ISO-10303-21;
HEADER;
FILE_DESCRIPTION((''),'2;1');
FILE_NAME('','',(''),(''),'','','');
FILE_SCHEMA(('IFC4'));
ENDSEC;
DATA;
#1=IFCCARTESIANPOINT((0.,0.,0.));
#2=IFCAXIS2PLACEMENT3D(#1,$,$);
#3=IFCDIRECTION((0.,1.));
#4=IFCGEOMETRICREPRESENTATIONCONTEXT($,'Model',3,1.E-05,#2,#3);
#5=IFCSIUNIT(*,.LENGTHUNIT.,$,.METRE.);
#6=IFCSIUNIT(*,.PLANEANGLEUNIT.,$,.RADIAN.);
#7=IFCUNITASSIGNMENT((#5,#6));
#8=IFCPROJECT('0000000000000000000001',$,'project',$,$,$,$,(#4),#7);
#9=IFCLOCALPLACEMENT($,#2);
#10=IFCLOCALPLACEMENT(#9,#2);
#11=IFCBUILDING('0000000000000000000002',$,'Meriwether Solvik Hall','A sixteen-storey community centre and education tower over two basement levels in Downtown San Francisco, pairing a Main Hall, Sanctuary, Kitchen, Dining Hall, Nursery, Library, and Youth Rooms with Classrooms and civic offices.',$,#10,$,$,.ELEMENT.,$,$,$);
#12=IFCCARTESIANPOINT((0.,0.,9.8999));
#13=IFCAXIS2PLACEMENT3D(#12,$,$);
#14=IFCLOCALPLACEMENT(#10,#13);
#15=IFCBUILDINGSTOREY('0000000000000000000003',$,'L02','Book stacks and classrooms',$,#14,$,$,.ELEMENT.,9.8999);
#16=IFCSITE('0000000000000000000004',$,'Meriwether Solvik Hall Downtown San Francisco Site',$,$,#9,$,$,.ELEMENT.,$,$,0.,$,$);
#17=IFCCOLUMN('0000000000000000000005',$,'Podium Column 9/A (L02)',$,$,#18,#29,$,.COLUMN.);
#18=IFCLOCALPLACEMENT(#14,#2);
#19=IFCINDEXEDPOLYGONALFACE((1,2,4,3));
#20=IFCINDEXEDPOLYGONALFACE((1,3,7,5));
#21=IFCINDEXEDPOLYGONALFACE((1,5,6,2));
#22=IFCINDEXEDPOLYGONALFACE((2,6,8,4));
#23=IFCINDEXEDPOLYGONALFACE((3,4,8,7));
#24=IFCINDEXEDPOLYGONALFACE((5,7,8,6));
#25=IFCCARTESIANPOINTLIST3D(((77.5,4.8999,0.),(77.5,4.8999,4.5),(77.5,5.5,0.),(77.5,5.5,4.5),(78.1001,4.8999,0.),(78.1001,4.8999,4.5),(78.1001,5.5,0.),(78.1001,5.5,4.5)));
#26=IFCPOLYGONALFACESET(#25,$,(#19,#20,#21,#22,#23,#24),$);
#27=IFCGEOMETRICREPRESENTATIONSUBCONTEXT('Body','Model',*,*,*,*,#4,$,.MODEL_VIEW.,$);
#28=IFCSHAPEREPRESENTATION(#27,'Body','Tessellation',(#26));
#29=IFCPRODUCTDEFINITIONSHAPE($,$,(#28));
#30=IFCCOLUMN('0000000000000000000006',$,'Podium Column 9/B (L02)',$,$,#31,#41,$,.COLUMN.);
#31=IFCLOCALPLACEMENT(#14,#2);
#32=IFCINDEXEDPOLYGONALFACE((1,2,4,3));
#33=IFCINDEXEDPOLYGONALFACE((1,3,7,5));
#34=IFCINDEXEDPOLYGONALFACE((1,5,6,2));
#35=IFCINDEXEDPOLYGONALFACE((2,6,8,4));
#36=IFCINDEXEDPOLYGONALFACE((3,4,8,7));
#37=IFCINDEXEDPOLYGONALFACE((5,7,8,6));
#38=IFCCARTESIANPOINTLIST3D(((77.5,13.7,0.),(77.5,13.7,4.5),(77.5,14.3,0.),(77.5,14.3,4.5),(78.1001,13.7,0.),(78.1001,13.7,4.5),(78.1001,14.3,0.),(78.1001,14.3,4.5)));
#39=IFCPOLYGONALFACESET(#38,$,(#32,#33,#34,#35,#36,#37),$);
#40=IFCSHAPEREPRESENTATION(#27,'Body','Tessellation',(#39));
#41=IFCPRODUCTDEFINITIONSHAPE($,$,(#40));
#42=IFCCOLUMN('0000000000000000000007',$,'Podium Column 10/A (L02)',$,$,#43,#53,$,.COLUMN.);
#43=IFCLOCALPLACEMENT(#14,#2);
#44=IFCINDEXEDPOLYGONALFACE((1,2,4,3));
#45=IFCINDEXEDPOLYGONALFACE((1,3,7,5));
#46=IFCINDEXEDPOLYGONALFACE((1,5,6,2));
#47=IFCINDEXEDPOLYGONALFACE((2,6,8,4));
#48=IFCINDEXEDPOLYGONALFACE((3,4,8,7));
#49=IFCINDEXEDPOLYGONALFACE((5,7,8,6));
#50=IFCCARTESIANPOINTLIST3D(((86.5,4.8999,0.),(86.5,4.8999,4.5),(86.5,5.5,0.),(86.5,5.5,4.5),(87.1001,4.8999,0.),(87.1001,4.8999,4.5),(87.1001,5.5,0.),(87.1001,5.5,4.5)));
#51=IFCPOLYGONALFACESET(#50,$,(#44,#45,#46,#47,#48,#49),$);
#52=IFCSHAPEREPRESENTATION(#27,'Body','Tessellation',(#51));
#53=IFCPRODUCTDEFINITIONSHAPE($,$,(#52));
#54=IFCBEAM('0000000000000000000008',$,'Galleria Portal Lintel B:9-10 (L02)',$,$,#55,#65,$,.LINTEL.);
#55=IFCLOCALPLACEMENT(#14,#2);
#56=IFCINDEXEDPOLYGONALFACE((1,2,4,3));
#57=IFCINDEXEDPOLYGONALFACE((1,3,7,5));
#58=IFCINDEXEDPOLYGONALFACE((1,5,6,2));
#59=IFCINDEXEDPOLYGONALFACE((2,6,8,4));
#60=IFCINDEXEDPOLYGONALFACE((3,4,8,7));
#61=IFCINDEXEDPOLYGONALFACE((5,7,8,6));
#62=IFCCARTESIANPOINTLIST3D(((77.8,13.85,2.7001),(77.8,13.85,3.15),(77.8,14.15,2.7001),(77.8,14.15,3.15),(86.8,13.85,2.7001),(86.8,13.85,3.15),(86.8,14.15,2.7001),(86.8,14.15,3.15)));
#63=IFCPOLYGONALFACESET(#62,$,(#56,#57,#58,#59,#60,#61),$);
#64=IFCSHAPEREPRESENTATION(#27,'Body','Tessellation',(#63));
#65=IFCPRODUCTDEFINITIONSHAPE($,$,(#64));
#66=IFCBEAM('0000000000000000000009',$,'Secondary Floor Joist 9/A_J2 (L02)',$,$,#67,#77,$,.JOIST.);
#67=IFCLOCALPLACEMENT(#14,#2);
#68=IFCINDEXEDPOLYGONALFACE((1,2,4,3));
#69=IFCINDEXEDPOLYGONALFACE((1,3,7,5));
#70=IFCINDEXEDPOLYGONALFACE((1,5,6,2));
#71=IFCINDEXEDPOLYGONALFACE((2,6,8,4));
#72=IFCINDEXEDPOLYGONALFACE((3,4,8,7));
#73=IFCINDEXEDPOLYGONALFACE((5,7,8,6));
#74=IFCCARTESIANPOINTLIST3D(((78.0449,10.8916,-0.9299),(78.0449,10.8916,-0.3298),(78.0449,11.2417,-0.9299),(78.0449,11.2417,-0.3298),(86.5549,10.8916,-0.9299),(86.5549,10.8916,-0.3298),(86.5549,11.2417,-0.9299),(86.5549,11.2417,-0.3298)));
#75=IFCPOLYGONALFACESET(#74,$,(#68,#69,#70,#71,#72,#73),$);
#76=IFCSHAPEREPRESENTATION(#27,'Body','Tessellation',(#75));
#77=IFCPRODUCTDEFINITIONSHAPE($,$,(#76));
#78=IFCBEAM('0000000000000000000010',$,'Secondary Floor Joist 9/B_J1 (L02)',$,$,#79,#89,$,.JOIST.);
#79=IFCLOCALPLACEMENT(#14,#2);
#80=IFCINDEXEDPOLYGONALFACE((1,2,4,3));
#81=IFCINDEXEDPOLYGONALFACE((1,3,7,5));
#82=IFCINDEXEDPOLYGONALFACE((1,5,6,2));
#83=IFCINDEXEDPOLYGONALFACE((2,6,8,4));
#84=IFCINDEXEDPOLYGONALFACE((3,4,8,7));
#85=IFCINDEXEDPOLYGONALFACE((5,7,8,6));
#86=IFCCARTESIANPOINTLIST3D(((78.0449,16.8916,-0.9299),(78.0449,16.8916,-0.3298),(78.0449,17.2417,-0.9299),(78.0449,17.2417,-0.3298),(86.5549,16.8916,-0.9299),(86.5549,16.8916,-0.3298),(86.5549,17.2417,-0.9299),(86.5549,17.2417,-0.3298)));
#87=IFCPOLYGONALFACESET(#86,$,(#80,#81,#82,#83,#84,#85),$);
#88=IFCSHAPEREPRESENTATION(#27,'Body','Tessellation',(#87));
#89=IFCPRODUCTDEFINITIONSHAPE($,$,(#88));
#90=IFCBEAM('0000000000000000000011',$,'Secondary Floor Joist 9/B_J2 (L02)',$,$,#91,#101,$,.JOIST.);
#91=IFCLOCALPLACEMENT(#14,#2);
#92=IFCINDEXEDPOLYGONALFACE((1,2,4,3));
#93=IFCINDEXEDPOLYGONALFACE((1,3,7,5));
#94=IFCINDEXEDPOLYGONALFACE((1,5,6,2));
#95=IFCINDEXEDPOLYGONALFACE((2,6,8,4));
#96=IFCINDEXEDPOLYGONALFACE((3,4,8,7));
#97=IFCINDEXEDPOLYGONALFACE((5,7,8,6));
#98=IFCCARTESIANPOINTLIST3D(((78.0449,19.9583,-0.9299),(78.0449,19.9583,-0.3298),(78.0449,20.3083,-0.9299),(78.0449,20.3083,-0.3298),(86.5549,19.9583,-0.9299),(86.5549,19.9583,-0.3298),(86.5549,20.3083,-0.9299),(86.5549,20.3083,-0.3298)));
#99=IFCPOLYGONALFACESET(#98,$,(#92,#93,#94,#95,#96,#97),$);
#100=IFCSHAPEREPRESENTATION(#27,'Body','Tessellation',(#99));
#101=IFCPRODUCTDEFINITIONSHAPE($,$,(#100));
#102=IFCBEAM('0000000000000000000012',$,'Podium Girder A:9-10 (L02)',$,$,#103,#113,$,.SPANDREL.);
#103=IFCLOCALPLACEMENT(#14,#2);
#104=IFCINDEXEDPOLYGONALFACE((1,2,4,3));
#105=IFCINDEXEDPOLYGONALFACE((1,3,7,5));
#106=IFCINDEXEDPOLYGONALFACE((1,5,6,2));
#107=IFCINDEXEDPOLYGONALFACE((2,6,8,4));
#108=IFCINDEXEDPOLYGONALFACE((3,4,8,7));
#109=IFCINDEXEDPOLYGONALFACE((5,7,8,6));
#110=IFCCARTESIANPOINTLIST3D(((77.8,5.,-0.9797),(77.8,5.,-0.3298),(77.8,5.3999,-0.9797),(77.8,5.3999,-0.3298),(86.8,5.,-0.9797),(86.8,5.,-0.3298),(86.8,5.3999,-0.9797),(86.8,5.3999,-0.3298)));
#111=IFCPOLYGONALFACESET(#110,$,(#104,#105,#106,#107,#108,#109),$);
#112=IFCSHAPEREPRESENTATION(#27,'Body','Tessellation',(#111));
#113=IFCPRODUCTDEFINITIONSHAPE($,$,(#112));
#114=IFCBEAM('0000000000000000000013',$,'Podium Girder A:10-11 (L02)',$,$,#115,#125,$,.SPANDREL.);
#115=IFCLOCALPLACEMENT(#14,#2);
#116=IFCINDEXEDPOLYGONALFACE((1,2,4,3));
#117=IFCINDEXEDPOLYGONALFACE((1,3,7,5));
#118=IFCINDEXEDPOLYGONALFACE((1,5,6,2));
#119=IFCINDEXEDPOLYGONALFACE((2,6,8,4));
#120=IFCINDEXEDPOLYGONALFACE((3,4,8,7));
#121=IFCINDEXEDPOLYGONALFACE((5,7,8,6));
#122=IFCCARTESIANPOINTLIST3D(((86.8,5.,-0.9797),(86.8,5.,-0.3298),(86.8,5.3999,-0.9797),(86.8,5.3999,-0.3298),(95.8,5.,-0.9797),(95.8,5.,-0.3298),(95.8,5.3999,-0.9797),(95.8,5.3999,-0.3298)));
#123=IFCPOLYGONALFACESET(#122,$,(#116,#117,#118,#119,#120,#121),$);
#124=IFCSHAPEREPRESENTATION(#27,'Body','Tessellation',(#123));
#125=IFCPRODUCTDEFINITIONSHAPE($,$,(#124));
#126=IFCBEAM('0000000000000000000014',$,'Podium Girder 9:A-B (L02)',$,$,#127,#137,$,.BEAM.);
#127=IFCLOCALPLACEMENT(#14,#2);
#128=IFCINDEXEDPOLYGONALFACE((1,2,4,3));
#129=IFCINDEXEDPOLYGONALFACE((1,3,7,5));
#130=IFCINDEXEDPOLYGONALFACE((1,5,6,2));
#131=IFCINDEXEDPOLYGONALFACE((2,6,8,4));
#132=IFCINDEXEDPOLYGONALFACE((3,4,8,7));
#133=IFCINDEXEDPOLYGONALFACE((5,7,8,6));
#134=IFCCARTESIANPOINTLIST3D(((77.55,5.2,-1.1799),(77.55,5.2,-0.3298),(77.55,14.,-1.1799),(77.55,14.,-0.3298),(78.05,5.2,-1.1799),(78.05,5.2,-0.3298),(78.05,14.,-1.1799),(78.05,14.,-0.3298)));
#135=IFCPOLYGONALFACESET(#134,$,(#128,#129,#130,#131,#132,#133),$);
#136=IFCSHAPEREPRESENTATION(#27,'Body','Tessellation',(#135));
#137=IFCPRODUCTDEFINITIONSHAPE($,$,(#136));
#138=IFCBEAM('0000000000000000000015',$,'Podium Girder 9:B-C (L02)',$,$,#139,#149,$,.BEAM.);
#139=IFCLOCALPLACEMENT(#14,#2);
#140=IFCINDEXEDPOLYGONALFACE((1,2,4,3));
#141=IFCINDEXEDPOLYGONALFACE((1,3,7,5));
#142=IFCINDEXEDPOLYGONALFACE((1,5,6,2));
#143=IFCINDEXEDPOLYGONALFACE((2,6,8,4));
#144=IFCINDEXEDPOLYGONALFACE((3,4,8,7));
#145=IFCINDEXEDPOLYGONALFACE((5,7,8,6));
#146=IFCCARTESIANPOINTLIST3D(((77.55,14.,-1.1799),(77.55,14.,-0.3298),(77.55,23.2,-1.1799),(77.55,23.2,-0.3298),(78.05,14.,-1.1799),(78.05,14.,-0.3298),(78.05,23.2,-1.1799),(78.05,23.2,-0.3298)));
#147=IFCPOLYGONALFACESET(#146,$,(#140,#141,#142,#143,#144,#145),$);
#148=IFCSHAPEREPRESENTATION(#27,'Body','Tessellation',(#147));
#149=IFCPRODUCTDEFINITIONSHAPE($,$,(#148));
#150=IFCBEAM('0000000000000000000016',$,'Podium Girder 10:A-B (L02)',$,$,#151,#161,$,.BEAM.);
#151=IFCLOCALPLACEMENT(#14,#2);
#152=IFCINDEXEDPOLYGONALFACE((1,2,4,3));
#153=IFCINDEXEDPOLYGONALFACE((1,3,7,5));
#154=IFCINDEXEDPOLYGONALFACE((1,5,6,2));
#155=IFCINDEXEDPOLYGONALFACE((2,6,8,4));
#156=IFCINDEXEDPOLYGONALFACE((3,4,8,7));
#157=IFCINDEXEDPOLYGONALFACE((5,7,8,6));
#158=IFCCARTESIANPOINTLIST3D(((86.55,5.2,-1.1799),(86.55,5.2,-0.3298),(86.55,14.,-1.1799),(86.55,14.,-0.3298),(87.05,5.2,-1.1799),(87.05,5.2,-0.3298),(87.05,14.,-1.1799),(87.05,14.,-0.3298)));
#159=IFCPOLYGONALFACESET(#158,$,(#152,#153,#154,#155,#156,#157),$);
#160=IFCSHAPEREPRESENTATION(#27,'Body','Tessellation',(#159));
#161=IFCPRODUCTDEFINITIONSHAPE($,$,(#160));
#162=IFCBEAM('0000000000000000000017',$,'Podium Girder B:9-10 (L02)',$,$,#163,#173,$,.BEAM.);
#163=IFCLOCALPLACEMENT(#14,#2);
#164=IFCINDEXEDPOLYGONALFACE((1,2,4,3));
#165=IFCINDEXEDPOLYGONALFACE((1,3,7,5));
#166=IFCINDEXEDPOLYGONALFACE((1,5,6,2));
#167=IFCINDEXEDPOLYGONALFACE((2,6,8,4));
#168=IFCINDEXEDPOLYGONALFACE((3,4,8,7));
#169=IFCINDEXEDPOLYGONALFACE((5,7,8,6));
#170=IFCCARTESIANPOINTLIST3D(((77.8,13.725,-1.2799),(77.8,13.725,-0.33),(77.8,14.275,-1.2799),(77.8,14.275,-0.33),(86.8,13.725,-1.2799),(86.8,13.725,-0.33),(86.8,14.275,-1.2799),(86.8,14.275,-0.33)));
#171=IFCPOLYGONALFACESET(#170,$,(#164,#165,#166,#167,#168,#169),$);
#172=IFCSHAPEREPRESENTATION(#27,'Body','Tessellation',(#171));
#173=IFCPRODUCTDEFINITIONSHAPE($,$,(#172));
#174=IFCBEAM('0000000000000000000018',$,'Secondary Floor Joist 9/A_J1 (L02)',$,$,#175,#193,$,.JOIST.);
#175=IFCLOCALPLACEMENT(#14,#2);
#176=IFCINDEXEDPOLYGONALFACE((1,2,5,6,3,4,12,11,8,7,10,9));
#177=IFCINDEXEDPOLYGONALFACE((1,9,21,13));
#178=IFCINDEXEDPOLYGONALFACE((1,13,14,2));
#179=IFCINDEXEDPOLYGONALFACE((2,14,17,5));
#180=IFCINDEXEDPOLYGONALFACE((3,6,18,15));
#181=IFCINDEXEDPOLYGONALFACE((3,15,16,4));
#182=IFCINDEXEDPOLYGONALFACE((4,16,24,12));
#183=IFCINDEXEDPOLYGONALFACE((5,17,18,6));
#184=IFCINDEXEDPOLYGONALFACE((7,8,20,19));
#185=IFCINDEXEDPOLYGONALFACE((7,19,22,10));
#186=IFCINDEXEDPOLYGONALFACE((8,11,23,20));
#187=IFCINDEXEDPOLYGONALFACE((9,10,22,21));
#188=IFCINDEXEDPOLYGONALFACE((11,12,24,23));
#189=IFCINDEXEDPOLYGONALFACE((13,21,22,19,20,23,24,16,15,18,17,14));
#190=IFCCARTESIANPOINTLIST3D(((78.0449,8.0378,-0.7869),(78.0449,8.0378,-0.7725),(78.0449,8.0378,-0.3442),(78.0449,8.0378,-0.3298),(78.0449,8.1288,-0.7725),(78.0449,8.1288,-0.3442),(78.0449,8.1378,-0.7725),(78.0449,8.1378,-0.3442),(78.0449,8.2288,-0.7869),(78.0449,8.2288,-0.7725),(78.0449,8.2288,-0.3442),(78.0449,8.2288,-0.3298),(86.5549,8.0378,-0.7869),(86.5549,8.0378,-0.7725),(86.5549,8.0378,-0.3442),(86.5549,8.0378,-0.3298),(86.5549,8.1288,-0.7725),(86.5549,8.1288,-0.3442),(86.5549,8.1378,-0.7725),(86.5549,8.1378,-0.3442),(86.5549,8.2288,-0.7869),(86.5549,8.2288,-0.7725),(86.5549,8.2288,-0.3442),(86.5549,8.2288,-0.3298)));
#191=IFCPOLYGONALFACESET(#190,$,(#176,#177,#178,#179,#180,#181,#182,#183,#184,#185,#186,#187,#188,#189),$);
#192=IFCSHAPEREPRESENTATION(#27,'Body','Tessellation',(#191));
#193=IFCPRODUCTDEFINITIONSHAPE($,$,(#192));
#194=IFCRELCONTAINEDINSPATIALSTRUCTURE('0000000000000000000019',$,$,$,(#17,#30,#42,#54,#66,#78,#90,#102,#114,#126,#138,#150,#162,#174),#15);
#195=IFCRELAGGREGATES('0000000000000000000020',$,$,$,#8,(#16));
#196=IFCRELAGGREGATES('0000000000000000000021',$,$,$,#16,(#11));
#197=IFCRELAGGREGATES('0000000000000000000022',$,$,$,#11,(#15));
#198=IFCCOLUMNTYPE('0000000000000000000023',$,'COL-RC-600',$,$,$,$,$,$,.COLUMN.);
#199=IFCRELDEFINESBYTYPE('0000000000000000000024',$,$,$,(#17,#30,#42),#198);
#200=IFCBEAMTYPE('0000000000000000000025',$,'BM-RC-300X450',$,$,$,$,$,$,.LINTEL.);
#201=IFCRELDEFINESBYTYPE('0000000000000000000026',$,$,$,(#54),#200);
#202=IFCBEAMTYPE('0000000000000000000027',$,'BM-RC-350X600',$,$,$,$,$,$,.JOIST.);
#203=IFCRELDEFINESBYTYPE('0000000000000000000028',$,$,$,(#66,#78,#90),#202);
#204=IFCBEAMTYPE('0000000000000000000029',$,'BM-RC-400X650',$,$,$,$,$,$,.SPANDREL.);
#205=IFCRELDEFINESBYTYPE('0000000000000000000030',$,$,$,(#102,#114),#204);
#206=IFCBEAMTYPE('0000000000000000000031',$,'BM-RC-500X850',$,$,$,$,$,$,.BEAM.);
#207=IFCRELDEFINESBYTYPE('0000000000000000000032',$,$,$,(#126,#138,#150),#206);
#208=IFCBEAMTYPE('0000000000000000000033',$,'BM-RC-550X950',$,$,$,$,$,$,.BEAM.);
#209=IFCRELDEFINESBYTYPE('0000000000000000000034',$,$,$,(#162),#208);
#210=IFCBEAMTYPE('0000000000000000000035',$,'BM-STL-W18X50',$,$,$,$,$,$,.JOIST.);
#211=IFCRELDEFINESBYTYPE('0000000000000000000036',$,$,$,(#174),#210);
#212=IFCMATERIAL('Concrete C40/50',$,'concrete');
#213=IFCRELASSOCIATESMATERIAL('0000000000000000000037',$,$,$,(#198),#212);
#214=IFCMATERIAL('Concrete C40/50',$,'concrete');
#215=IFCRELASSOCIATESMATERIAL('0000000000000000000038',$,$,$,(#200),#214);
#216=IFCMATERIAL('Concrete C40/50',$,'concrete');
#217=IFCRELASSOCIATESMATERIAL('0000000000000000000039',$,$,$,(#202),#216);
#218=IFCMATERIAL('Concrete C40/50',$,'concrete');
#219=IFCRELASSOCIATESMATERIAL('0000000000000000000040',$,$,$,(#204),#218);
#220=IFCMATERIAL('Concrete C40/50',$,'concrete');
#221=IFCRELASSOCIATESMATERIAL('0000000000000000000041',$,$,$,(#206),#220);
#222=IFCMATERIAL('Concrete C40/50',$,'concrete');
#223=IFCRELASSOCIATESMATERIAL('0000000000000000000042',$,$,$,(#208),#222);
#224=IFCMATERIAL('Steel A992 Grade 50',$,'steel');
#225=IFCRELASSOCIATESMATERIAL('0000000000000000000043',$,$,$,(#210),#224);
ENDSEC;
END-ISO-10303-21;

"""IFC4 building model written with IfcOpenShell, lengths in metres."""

from ifc_helpers import new_model, si_unit, direction, frame, origin, origin_2d, place, context, subcontext, project, spatial, rectangle, i_section, extrude, material, material_profile, profile_set, type_object, element, save


model = new_model("IFC4")

# Units and contexts
model_context = context("Model", 3, precision=1e-05, world=origin(), true_north=direction((0.0, 1.0)))
body_context = subcontext(model_context, "Body", "Model", "MODEL_VIEW")
ifc_project = project(units=[si_unit("LENGTHUNIT", "METRE"), si_unit("PLANEANGLEUNIT", "RADIAN")], contexts=[model_context])

# Site, building, storey
site_placement = place(None, origin())
site = spatial("IfcSite", under=ifc_project, at=site_placement, Name="Meriwether Solvik Hall Downtown San Francisco Site", CompositionType="ELEMENT", RefElevation=0.0)
building_placement = place(site_placement, origin())
building = spatial("IfcBuilding", under=site, at=building_placement, Name="Meriwether Solvik Hall", Description="A sixteen-storey community centre and education tower over two basement levels in Downtown San Francisco, pairing a Main Hall, Sanctuary, Kitchen, Dining Hall, Nursery, Library, and Youth Rooms with Classrooms and civic offices.", CompositionType="ELEMENT")
storey_placement = place(building_placement, frame((0.0, 0.0, 9.8999)))
storey = spatial("IfcBuildingStorey", under=building, at=storey_placement, Name="L02", Description="Book stacks and classrooms", CompositionType="ELEMENT", Elevation=9.8999)

# Columns
ifc_material_1 = material(Name="Concrete C40/50", Category="concrete")
ifc_material_profile_1 = material_profile(ifc_material_1, rectangle(XDim=0.6001, YDim=0.6001, at=origin_2d()), Name="RCC-600X600")
ifc_profile_set_1 = profile_set([ifc_material_profile_1], Name="Concrete C40/50")
column_type = type_object("IfcColumnType", Name="COL-RC-600", PredefinedType="COLUMN", material=ifc_profile_set_1)
for number, where, z_axis, x_axis, name in (
    (1, (77.8, 5.2, 0.0), (0.0, 0.0, 1.0), (1.0, 0.0, 0.0), "Podium Column 9/A (L02)"),
    (2, (77.8, 14.0, 0.0), (0.0, 0.0, 1.0), (1.0, 0.0, 0.0), "Podium Column 9/B (L02)"),
    (3, (86.8, 5.2, 0.0), (0.0, 0.0, 1.0), (1.0, 0.0, 0.0), "Podium Column 10/A (L02)"),
):
    element("IfcColumn", number, at=place(storey_placement, frame(where, z_axis=z_axis, x_axis=x_axis)), inside=storey, type_object=column_type, Name=name, PredefinedType="COLUMN", context=body_context, shape_type="SweptSolid", body=[
        extrude(rectangle(XDim=0.6001, YDim=0.6001, at=origin_2d()), origin(), (0.0, 0.0, 1.0), 4.5),
    ])

# Beams
ifc_material_2 = material(Name="Concrete C40/50", Category="concrete")
ifc_material_profile_2 = material_profile(ifc_material_2, rectangle(XDim=0.3, YDim=0.45, at=origin_2d()), Name="RCB-300X450")
ifc_profile_set_2 = profile_set([ifc_material_profile_2], Name="Concrete C40/50")
beam_type_1 = type_object("IfcBeamType", Name="BM-RC-300X450", PredefinedType="LINTEL", material=ifc_profile_set_2)
beam_1_placement = place(storey_placement, frame((77.8, 14.0, 2.925), z_axis=(1.0, 0.0, 0.0), x_axis=(0.0, 1.0, 0.0)))
element("IfcBeam", 4, at=beam_1_placement, inside=storey, type_object=beam_type_1, Name="Galleria Portal Lintel B:9-10 (L02)", PredefinedType="LINTEL", context=body_context, shape_type="SweptSolid", body=[
    extrude(rectangle(XDim=0.3, YDim=0.45, at=origin_2d()), origin(), (0.0, 0.0, 1.0), 9.0),
])
ifc_material_3 = material(Name="Concrete C40/50", Category="concrete")
ifc_material_profile_3 = material_profile(ifc_material_3, rectangle(XDim=0.3501, YDim=0.6001, at=origin_2d()), Name="RCB-350X600")
ifc_profile_set_3 = profile_set([ifc_material_profile_3], Name="Concrete C40/50")
beam_type_2 = type_object("IfcBeamType", Name="BM-RC-350X600", PredefinedType="JOIST", material=ifc_profile_set_3)
for number, where, z_axis, x_axis, name in (
    (5, (78.0449, 11.0667, -0.6299), (1.0, 0.0, 0.0), (0.0, 1.0, 0.0), "Secondary Floor Joist 9/A_J2 (L02)"),
    (6, (78.0449, 17.0667, -0.6299), (1.0, 0.0, 0.0), (0.0, 1.0, 0.0), "Secondary Floor Joist 9/B_J1 (L02)"),
    (7, (78.0449, 20.1333, -0.6299), (1.0, 0.0, 0.0), (0.0, 1.0, 0.0), "Secondary Floor Joist 9/B_J2 (L02)"),
):
    element("IfcBeam", number, at=place(storey_placement, frame(where, z_axis=z_axis, x_axis=x_axis)), inside=storey, type_object=beam_type_2, Name=name, PredefinedType="JOIST", context=body_context, shape_type="SweptSolid", body=[
        extrude(rectangle(XDim=0.3501, YDim=0.6001, at=origin_2d()), origin(), (0.0, 0.0, 1.0), 8.51),
    ])
ifc_material_4 = material(Name="Concrete C40/50", Category="concrete")
ifc_material_profile_4 = material_profile(ifc_material_4, rectangle(XDim=0.3999, YDim=0.6499, at=origin_2d()), Name="RCB-400X650")
ifc_profile_set_4 = profile_set([ifc_material_profile_4], Name="Concrete C40/50")
beam_type_3 = type_object("IfcBeamType", Name="BM-RC-400X650", PredefinedType="SPANDREL", material=ifc_profile_set_4)
for number, where, z_axis, x_axis, name in (
    (8, (77.8, 5.2, -0.6548), (1.0, 0.0, 0.0), (0.0, 1.0, 0.0), "Podium Girder A:9-10 (L02)"),
    (9, (86.8, 5.2, -0.6548), (1.0, 0.0, 0.0), (0.0, 1.0, 0.0), "Podium Girder A:10-11 (L02)"),
):
    element("IfcBeam", number, at=place(storey_placement, frame(where, z_axis=z_axis, x_axis=x_axis)), inside=storey, type_object=beam_type_3, Name=name, PredefinedType="SPANDREL", context=body_context, shape_type="SweptSolid", body=[
        extrude(rectangle(XDim=0.3999, YDim=0.6499, at=origin_2d()), origin(), (0.0, 0.0, 1.0), 9.0),
    ])
ifc_material_5 = material(Name="Concrete C40/50", Category="concrete")
ifc_material_profile_5 = material_profile(ifc_material_5, rectangle(XDim=0.5, YDim=0.8501, at=origin_2d()), Name="RCB-500X850")
ifc_profile_set_5 = profile_set([ifc_material_profile_5], Name="Concrete C40/50")
beam_type_4 = type_object("IfcBeamType", Name="BM-RC-500X850", PredefinedType="BEAM", material=ifc_profile_set_5)
beam_2_placement = place(storey_placement, frame((77.8, 5.2, -0.7549), z_axis=(0.0, 1.0, 0.0), x_axis=(-1.0, 0.0, 0.0)))
element("IfcBeam", 10, at=beam_2_placement, inside=storey, type_object=beam_type_4, Name="Podium Girder 9:A-B (L02)", PredefinedType="BEAM", context=body_context, shape_type="SweptSolid", body=[
    extrude(rectangle(XDim=0.5, YDim=0.8501, at=origin_2d()), origin(), (0.0, 0.0, 1.0), 8.8),
])
beam_3_placement = place(storey_placement, frame((77.8, 14.0, -0.7549), z_axis=(0.0, 1.0, 0.0), x_axis=(-1.0, 0.0, 0.0)))
element("IfcBeam", 11, at=beam_3_placement, inside=storey, type_object=beam_type_4, Name="Podium Girder 9:B-C (L02)", PredefinedType="BEAM", context=body_context, shape_type="SweptSolid", body=[
    extrude(rectangle(XDim=0.5, YDim=0.8501, at=origin_2d()), origin(), (0.0, 0.0, 1.0), 9.2),
])
beam_4_placement = place(storey_placement, frame((86.8, 5.2, -0.7549), z_axis=(0.0, 1.0, 0.0), x_axis=(-1.0, 0.0, 0.0)))
element("IfcBeam", 12, at=beam_4_placement, inside=storey, type_object=beam_type_4, Name="Podium Girder 10:A-B (L02)", PredefinedType="BEAM", context=body_context, shape_type="SweptSolid", body=[
    extrude(rectangle(XDim=0.5, YDim=0.8501, at=origin_2d()), origin(), (0.0, 0.0, 1.0), 8.8),
])
ifc_material_6 = material(Name="Concrete C40/50", Category="concrete")
ifc_material_profile_6 = material_profile(ifc_material_6, rectangle(XDim=0.55, YDim=0.95, at=origin_2d()), Name="RCB-550X950")
ifc_profile_set_6 = profile_set([ifc_material_profile_6], Name="Concrete C40/50")
beam_type_5 = type_object("IfcBeamType", Name="BM-RC-550X950", PredefinedType="BEAM", material=ifc_profile_set_6)
beam_5_placement = place(storey_placement, frame((77.8, 14.0, -0.8049), z_axis=(1.0, 0.0, 0.0), x_axis=(0.0, 1.0, 0.0)))
element("IfcBeam", 13, at=beam_5_placement, inside=storey, type_object=beam_type_5, Name="Podium Girder B:9-10 (L02)", PredefinedType="BEAM", context=body_context, shape_type="SweptSolid", body=[
    extrude(rectangle(XDim=0.55, YDim=0.95, at=origin_2d()), origin(), (0.0, 0.0, 1.0), 9.0),
])
ifc_material_7 = material(Name="Steel A992 Grade 50", Category="steel")
ifc_material_profile_7 = material_profile(ifc_material_7, i_section(OverallWidth=0.1909, OverallDepth=0.457, WebThickness=0.009, FlangeThickness=0.0144, at=origin_2d()), Name="W18X50")
ifc_profile_set_7 = profile_set([ifc_material_profile_7], Name="Steel A992 Grade 50")
beam_type_6 = type_object("IfcBeamType", Name="BM-STL-W18X50", PredefinedType="JOIST", material=ifc_profile_set_7)
beam_6_placement = place(storey_placement, frame((78.0449, 8.1333, -0.5583), z_axis=(1.0, 0.0, 0.0), x_axis=(0.0, 1.0, 0.0)))
element("IfcBeam", 14, at=beam_6_placement, inside=storey, type_object=beam_type_6, Name="Secondary Floor Joist 9/A_J1 (L02)", PredefinedType="JOIST", context=body_context, shape_type="SweptSolid", body=[
    extrude(i_section(OverallWidth=0.1909, OverallDepth=0.457, WebThickness=0.009, FlangeThickness=0.0144, at=origin_2d()), origin(), (0.0, 0.0, 1.0), 8.51),
])

save(model, "model.ifc")
